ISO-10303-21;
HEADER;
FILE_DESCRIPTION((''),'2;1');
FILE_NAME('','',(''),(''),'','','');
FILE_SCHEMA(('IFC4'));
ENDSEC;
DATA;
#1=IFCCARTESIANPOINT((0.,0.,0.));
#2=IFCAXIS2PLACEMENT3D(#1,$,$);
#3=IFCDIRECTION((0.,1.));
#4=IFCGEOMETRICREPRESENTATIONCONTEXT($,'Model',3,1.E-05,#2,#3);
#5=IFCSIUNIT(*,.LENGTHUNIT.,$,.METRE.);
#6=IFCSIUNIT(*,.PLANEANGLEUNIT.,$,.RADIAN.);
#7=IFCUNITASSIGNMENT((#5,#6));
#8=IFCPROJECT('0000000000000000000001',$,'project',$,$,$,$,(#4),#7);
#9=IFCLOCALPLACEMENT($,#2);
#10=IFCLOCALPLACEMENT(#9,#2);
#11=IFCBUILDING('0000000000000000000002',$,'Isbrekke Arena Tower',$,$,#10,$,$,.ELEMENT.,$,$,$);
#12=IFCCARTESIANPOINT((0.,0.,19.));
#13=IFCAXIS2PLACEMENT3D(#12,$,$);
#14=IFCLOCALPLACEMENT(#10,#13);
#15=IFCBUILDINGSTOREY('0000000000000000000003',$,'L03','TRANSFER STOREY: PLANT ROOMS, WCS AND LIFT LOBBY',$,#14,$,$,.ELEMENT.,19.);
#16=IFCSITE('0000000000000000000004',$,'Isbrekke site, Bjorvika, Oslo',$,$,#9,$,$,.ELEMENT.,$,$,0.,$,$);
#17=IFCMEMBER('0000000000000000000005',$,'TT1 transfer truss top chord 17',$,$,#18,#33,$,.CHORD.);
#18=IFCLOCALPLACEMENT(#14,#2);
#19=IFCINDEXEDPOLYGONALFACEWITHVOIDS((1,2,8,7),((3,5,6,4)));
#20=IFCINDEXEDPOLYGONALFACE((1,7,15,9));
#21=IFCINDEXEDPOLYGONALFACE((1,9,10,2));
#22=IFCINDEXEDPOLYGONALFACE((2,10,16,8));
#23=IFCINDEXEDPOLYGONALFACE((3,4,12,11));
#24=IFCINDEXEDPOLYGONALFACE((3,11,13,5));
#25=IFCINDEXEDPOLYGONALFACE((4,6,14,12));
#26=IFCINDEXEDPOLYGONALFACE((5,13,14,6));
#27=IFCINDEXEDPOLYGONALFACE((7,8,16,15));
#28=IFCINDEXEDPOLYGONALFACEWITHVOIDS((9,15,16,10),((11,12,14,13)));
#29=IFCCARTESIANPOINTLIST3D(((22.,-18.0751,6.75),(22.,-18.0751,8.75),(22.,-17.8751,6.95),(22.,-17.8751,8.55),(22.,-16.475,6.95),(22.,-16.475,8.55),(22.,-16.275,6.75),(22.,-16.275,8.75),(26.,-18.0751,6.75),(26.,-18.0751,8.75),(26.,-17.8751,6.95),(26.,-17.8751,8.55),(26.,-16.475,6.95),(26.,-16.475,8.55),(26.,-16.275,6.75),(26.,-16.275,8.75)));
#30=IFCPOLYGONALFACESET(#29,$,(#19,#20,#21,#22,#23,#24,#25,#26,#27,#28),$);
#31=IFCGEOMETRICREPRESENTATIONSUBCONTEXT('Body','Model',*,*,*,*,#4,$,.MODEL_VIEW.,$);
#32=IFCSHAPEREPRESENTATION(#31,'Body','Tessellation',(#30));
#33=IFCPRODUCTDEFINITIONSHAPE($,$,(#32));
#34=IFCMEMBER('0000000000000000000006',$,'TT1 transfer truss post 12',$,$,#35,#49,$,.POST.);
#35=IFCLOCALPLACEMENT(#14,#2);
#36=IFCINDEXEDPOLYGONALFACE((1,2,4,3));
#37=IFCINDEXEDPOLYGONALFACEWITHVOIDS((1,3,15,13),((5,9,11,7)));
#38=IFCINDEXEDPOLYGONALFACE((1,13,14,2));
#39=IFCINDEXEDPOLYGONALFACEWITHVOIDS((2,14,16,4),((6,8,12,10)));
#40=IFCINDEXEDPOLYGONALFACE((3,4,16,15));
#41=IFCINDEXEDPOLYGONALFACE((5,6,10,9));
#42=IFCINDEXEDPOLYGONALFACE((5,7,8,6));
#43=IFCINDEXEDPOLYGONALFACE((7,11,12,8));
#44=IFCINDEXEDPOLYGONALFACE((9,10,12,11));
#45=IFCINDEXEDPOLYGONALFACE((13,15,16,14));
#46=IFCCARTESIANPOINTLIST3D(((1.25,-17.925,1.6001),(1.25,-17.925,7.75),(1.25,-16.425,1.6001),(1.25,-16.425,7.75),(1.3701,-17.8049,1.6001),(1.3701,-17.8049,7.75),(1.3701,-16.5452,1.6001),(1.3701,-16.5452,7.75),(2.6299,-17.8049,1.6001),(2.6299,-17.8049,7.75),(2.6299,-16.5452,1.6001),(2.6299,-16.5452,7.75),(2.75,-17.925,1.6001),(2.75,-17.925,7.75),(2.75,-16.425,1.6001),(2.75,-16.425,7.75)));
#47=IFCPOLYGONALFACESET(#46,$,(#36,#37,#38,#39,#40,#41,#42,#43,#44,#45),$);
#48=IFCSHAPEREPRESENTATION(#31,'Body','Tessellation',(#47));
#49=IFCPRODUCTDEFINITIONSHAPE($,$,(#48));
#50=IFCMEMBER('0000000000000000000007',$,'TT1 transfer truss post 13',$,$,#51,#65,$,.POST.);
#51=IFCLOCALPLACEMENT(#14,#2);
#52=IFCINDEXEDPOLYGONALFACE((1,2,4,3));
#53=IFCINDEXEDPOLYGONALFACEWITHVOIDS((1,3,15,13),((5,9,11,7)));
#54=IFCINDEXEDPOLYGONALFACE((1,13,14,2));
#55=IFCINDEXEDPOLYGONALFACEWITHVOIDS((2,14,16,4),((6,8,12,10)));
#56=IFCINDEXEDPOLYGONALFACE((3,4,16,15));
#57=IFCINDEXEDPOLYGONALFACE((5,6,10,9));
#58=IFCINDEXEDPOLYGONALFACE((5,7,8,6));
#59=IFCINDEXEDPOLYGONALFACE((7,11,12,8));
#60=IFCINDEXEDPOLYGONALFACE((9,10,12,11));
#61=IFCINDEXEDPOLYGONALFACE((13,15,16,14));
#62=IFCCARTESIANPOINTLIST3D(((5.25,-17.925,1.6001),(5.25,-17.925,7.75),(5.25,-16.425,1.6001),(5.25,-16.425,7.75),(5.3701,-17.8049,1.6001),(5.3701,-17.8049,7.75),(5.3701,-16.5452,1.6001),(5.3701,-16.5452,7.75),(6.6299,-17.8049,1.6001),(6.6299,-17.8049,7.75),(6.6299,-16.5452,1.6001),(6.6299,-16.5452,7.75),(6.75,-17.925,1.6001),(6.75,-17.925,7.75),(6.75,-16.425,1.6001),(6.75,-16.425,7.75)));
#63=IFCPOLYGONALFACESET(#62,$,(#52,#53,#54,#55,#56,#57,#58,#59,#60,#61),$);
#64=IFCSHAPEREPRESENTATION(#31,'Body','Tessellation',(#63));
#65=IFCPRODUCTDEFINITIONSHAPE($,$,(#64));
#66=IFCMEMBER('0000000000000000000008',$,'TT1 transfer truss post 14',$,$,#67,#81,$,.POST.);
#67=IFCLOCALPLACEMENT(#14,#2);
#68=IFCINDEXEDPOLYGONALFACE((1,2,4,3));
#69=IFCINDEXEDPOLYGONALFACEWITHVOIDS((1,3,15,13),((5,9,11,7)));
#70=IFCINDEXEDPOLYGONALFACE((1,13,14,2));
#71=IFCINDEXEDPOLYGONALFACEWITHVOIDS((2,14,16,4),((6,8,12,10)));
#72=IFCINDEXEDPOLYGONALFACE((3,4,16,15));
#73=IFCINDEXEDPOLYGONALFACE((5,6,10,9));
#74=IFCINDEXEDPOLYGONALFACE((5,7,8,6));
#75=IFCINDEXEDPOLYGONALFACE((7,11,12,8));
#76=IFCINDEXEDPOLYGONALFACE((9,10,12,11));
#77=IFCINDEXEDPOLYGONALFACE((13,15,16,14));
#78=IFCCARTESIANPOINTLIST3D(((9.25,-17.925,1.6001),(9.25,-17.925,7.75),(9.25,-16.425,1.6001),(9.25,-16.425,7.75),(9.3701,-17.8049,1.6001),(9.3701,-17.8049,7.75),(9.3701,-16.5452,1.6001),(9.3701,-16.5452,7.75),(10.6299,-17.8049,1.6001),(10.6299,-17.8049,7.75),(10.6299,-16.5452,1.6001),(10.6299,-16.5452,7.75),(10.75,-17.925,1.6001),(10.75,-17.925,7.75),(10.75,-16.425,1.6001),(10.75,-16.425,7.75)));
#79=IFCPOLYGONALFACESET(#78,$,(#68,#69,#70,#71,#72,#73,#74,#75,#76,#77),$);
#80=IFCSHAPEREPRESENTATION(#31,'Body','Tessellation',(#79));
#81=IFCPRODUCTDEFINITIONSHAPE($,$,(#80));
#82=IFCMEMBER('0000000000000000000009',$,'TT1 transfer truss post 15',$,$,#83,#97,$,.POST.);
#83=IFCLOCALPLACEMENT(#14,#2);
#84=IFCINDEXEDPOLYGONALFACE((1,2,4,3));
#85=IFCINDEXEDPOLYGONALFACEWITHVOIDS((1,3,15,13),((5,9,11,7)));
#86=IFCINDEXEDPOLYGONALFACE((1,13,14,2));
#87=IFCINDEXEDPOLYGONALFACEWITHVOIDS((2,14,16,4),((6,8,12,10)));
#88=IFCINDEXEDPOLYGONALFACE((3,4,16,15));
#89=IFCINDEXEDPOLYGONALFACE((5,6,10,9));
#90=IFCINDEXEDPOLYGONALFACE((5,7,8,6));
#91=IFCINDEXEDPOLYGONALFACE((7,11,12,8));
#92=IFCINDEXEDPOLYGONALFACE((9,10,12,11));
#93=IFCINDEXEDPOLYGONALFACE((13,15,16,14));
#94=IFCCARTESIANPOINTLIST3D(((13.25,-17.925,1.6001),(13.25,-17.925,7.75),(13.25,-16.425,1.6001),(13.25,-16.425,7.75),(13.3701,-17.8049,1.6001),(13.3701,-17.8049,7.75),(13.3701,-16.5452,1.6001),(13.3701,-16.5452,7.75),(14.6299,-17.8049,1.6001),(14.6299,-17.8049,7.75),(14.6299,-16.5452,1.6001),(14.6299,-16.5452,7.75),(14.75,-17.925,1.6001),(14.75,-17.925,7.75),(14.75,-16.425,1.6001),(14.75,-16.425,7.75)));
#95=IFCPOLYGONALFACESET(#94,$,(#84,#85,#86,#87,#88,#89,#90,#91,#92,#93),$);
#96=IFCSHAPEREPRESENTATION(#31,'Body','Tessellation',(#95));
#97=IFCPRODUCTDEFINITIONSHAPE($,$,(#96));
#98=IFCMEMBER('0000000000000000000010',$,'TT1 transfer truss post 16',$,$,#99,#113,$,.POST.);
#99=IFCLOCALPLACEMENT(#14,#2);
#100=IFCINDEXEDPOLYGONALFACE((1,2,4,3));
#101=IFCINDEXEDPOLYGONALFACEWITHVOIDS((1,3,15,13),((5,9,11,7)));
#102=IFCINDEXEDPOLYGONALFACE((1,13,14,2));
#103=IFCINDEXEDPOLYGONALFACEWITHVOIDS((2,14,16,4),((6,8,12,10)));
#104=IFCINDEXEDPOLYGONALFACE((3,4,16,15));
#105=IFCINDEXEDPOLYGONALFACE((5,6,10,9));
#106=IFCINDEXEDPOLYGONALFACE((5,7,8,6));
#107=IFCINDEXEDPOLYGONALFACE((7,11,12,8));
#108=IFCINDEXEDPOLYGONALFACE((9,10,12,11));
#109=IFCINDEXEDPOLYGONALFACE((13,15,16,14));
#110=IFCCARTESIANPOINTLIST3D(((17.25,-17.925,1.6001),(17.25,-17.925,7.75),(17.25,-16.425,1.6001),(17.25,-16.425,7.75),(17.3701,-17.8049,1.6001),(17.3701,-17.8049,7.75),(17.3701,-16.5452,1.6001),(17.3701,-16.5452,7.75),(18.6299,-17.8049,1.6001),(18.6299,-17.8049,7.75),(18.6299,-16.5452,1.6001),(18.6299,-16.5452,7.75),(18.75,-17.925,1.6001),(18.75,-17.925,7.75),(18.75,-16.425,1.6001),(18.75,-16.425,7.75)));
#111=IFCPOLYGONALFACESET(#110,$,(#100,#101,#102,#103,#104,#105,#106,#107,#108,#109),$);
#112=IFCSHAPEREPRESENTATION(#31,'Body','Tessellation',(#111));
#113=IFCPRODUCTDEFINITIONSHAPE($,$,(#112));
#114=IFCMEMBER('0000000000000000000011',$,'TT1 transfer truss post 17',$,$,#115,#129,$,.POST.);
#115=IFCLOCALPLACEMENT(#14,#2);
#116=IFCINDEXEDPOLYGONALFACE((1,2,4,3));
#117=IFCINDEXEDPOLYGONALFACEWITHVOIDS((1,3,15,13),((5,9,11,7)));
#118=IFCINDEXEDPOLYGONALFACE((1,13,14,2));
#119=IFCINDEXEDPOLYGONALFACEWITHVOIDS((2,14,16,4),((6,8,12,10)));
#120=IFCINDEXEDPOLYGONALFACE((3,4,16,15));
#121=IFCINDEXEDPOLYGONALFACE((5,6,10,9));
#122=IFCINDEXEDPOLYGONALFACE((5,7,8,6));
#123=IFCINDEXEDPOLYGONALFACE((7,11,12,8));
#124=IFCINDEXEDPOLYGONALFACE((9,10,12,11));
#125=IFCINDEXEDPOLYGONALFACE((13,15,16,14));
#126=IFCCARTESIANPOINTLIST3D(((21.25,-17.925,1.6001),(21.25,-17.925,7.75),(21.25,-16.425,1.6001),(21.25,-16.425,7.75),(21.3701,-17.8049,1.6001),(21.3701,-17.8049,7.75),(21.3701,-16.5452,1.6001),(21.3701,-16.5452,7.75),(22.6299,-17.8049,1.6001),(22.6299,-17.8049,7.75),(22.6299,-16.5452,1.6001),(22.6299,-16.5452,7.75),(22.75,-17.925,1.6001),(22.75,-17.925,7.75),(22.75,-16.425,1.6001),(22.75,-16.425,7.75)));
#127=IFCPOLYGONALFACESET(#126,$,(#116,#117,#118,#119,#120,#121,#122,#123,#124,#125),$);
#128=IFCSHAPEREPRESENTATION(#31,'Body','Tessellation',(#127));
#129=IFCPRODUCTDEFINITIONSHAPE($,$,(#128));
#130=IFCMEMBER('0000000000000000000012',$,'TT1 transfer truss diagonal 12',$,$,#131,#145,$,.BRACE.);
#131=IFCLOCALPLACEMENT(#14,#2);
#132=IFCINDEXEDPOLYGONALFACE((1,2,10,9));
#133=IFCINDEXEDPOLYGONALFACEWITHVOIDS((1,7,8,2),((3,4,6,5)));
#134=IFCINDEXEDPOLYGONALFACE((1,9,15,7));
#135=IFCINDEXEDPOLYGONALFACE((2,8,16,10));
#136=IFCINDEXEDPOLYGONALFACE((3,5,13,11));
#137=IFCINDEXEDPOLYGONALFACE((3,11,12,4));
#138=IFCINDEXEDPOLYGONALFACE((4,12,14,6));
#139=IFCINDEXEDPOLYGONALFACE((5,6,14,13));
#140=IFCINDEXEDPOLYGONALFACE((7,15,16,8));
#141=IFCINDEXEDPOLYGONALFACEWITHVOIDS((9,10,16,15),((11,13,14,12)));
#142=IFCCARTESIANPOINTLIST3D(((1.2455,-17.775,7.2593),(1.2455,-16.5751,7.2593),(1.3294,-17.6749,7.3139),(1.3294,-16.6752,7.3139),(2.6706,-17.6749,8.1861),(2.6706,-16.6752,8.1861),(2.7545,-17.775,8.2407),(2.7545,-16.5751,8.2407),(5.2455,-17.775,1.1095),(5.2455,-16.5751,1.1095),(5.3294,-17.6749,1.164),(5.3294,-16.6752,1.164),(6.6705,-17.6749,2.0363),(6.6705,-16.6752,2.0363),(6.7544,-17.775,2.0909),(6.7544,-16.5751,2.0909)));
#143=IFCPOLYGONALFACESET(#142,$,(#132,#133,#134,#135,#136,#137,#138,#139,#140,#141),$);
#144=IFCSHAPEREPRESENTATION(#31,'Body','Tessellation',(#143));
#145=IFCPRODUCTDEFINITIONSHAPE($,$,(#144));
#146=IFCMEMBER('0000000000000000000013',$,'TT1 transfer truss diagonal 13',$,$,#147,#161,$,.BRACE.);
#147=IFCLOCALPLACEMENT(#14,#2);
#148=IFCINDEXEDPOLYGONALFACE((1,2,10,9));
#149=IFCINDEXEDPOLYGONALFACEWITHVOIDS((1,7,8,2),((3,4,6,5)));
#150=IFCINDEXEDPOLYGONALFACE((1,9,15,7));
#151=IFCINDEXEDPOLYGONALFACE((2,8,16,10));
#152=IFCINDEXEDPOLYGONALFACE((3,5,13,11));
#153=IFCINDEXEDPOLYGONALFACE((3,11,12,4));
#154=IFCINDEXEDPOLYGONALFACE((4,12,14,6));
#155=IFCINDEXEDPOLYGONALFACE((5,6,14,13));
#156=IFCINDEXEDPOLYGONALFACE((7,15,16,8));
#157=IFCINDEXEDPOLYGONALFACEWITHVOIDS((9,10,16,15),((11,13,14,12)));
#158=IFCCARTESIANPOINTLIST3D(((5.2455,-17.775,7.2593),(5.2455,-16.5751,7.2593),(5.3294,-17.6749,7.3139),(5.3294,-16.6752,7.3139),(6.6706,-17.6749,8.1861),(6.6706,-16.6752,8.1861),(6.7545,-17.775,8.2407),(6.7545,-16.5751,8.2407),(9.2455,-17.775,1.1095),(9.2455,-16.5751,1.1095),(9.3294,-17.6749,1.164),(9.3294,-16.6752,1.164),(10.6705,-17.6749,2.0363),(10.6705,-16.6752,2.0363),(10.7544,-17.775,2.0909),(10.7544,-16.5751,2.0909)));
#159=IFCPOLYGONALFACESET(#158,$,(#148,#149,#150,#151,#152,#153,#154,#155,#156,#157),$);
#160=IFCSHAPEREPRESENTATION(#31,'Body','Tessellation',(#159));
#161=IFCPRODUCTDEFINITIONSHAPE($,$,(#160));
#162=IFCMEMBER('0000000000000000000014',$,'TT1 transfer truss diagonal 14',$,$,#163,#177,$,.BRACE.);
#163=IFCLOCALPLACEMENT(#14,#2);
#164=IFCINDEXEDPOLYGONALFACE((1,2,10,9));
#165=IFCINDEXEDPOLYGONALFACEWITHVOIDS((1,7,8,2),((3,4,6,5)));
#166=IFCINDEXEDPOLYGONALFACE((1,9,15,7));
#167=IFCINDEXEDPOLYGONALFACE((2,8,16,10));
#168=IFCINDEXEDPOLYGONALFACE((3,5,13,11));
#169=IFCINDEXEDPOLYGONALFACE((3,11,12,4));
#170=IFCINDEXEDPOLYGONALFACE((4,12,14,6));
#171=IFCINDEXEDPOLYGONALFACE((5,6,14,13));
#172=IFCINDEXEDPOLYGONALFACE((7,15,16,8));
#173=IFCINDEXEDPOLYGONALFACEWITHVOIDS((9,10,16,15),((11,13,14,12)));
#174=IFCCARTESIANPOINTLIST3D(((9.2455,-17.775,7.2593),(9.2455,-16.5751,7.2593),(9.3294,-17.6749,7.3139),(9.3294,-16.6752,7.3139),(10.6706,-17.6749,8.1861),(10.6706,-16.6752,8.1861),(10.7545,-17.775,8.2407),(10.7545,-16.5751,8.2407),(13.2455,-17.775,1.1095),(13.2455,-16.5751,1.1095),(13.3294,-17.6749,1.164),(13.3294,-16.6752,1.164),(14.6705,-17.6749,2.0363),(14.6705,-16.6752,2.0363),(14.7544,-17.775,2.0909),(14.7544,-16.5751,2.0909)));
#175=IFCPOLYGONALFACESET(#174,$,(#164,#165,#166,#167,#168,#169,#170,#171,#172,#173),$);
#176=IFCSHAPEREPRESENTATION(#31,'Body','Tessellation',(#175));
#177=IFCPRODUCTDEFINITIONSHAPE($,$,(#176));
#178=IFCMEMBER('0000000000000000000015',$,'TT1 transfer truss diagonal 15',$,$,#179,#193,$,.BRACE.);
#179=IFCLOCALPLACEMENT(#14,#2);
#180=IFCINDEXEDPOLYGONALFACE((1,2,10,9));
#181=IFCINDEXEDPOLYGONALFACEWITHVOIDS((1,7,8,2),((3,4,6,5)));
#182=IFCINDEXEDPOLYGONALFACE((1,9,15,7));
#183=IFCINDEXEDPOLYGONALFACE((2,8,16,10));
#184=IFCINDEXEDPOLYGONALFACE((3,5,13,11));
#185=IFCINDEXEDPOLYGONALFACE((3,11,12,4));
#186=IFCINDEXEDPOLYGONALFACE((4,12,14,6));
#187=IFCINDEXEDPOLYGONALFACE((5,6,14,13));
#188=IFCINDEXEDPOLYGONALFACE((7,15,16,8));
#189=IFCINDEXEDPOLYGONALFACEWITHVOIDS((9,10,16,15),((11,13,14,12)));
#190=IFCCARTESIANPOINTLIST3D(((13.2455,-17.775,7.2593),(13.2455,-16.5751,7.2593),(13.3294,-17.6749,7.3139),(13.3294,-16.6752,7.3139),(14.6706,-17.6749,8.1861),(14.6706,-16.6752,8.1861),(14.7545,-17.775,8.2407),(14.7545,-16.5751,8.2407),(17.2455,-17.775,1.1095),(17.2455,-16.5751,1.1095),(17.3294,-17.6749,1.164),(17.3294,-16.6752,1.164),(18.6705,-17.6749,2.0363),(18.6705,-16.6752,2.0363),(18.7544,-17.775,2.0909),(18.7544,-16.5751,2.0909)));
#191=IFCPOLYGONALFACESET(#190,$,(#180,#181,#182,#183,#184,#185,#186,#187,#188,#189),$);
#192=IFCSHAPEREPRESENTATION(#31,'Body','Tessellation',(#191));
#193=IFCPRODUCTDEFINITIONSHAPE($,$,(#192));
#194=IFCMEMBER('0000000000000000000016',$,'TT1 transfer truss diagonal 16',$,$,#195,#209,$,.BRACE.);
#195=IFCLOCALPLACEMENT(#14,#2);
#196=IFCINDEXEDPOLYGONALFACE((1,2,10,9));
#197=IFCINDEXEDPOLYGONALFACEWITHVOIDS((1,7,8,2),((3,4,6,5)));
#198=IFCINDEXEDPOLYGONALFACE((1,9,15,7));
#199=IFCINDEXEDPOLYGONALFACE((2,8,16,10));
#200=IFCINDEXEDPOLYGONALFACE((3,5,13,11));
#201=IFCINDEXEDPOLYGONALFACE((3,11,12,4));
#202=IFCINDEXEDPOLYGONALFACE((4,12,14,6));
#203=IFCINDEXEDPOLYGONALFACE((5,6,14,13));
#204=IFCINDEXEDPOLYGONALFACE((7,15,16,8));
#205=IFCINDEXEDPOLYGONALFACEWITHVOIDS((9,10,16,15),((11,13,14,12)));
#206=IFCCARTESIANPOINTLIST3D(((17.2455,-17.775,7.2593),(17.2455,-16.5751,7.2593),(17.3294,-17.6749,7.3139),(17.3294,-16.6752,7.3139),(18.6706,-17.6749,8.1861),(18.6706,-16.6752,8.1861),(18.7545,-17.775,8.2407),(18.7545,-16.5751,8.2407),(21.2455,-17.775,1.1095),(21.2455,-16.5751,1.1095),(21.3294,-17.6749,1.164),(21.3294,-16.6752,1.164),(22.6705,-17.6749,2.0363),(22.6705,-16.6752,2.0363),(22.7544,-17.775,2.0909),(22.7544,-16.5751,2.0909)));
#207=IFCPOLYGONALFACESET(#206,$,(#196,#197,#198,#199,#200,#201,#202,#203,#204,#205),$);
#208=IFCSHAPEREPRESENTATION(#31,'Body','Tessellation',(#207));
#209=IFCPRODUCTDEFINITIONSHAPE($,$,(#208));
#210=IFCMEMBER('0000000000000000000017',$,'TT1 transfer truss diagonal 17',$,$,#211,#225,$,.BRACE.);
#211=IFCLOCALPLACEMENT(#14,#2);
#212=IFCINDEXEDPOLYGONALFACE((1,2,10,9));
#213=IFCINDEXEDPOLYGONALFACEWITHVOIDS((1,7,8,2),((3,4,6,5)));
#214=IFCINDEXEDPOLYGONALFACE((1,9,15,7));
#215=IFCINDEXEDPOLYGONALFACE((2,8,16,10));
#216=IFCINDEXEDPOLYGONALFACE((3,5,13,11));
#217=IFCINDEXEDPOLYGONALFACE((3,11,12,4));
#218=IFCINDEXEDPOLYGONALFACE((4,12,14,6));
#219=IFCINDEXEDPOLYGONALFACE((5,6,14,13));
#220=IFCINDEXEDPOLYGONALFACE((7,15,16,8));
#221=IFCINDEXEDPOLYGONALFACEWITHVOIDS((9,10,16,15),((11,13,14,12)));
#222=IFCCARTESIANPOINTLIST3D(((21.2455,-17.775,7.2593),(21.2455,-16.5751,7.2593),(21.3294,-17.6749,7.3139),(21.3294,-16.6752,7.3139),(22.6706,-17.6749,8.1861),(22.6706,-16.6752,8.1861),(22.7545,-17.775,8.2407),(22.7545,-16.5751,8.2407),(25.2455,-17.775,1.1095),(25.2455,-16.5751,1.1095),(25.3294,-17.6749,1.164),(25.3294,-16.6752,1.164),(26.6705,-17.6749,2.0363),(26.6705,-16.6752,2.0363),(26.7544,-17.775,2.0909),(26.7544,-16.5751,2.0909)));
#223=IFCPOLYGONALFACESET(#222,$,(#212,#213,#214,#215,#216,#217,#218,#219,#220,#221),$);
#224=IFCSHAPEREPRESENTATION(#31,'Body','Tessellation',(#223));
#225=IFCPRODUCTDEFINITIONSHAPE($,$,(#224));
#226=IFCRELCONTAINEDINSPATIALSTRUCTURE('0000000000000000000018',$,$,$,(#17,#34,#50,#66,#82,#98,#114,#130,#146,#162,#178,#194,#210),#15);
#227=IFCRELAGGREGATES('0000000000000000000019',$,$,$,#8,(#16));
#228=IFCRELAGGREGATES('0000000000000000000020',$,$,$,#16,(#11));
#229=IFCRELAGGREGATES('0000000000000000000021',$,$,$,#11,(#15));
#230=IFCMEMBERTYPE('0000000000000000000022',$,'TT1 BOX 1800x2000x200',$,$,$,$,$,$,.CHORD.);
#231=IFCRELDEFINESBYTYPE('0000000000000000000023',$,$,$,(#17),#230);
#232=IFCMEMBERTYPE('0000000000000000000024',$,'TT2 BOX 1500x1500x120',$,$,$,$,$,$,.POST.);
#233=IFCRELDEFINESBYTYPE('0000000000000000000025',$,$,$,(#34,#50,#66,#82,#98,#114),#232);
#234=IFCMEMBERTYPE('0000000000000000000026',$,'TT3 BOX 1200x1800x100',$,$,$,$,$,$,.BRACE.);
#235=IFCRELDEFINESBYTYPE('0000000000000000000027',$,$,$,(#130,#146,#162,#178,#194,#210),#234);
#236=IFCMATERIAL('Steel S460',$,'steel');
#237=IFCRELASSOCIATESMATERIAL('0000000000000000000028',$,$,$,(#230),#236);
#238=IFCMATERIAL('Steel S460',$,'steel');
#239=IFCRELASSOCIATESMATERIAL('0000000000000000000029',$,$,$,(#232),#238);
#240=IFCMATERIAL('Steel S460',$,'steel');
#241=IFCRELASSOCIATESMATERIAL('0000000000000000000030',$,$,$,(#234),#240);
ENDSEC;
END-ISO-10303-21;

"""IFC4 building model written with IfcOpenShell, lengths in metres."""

from ifc_helpers import new_model, si_unit, direction, frame, origin, origin_2d, place, context, subcontext, project, spatial, hollow_rectangle, extrude, material, material_profile, profile_set, type_object, element, save


model = new_model("IFC4")

# Units and contexts
model_context = context("Model", 3, precision=1e-05, world=origin(), true_north=direction((0.0, 1.0)))
body_context = subcontext(model_context, "Body", "Model", "MODEL_VIEW")
ifc_project = project(units=[si_unit("LENGTHUNIT", "METRE"), si_unit("PLANEANGLEUNIT", "RADIAN")], contexts=[model_context])

# Site, building, storey
site_placement = place(None, origin())
site = spatial("IfcSite", under=ifc_project, at=site_placement, Name="Isbrekke site, Bjorvika, Oslo", CompositionType="ELEMENT", RefElevation=0.0)
building_placement = place(site_placement, origin())
building = spatial("IfcBuilding", under=site, at=building_placement, Name="Isbrekke Arena Tower", CompositionType="ELEMENT")
storey_placement = place(building_placement, frame((0.0, 0.0, 19.0)))
storey = spatial("IfcBuildingStorey", under=building, at=storey_placement, Name="L03", Description="TRANSFER STOREY: PLANT ROOMS, WCS AND LIFT LOBBY", CompositionType="ELEMENT", Elevation=19.0)

# Members
ifc_material_1 = material(Name="Steel S460", Category="steel")
ifc_material_profile_1 = material_profile(ifc_material_1, hollow_rectangle(XDim=1.8, YDim=2.0, WallThickness=0.2, at=origin_2d()), Name="BOX 1800x2000x200")
ifc_profile_set_1 = profile_set([ifc_material_profile_1], Name="Steel S460")
member_type_1 = type_object("IfcMemberType", Name="TT1 BOX 1800x2000x200", PredefinedType="CHORD", material=ifc_profile_set_1)
for number, where, z_axis, x_axis, name in (
    (1, (22.0, -17.175, 7.75), (1.0, 0.0, 0.0), (0.0, 1.0, 0.0), "TT1 transfer truss top chord 17"),
):
    element("IfcMember", number, at=place(storey_placement, frame(where, z_axis=z_axis, x_axis=x_axis)), inside=storey, type_object=member_type_1, Name=name, PredefinedType="CHORD", context=body_context, shape_type="SweptSolid", body=[
        extrude(hollow_rectangle(XDim=1.8, YDim=2.0, WallThickness=0.2, at=origin_2d()), origin(), (0.0, 0.0, 1.0), 4.0),
    ])
ifc_material_2 = material(Name="Steel S460", Category="steel")
ifc_material_profile_2 = material_profile(ifc_material_2, hollow_rectangle(XDim=1.5, YDim=1.5, WallThickness=0.1201, at=origin_2d()), Name="BOX 1500x1500x120")
ifc_profile_set_2 = profile_set([ifc_material_profile_2], Name="Steel S460")
member_type_2 = type_object("IfcMemberType", Name="TT2 BOX 1500x1500x120", PredefinedType="POST", material=ifc_profile_set_2)
for number, where, z_axis, x_axis, name in (
    (2, (2.0, -17.175, 1.6001), (0.0, 0.0, 1.0), (1.0, 0.0, 0.0), "TT1 transfer truss post 12"),
    (3, (6.0, -17.175, 1.6001), (0.0, 0.0, 1.0), (1.0, 0.0, 0.0), "TT1 transfer truss post 13"),
    (4, (10.0, -17.175, 1.6001), (0.0, 0.0, 1.0), (1.0, 0.0, 0.0), "TT1 transfer truss post 14"),
    (5, (14.0, -17.175, 1.6001), (0.0, 0.0, 1.0), (1.0, 0.0, 0.0), "TT1 transfer truss post 15"),
    (6, (18.0, -17.175, 1.6001), (0.0, 0.0, 1.0), (1.0, 0.0, 0.0), "TT1 transfer truss post 16"),
    (7, (22.0, -17.175, 1.6001), (0.0, 0.0, 1.0), (1.0, 0.0, 0.0), "TT1 transfer truss post 17"),
):
    element("IfcMember", number, at=place(storey_placement, frame(where, z_axis=z_axis, x_axis=x_axis)), inside=storey, type_object=member_type_2, Name=name, PredefinedType="POST", context=body_context, shape_type="SweptSolid", body=[
        extrude(hollow_rectangle(XDim=1.5, YDim=1.5, WallThickness=0.1201, at=origin_2d()), origin(), (0.0, 0.0, 1.0), 6.1499),
    ])
ifc_material_3 = material(Name="Steel S460", Category="steel")
ifc_material_profile_3 = material_profile(ifc_material_3, hollow_rectangle(XDim=1.2, YDim=1.8, WallThickness=0.1001, at=origin_2d()), Name="BOX 1200x1800x100")
ifc_profile_set_3 = profile_set([ifc_material_profile_3], Name="Steel S460")
member_type_3 = type_object("IfcMemberType", Name="TT3 BOX 1200x1800x100", PredefinedType="BRACE", material=ifc_profile_set_3)
for number, where, z_axis, x_axis, name in (
    (8, (2.0, -17.175, 7.75), (0.545234, 0.0, -0.838284), (0.0, 1.0, 0.0), "TT1 transfer truss diagonal 12"),
    (9, (6.0, -17.175, 7.75), (0.545234, 0.0, -0.838284), (0.0, 1.0, 0.0), "TT1 transfer truss diagonal 13"),
    (10, (10.0, -17.175, 7.75), (0.545234, 0.0, -0.838284), (0.0, 1.0, 0.0), "TT1 transfer truss diagonal 14"),
    (11, (14.0, -17.175, 7.75), (0.545234, 0.0, -0.838284), (0.0, 1.0, 0.0), "TT1 transfer truss diagonal 15"),
    (12, (18.0, -17.175, 7.75), (0.545234, 0.0, -0.838284), (0.0, 1.0, 0.0), "TT1 transfer truss diagonal 16"),
    (13, (22.0, -17.175, 7.75), (0.545234, 0.0, -0.838284), (0.0, 1.0, 0.0), "TT1 transfer truss diagonal 17"),
):
    element("IfcMember", number, at=place(storey_placement, frame(where, z_axis=z_axis, x_axis=x_axis)), inside=storey, type_object=member_type_3, Name=name, PredefinedType="BRACE", context=body_context, shape_type="SweptSolid", body=[
        extrude(hollow_rectangle(XDim=1.2, YDim=1.8, WallThickness=0.1001, at=origin_2d()), origin(), (0.0, 0.0, 1.0), 7.3362),
    ])

save(model, "model.ifc")
